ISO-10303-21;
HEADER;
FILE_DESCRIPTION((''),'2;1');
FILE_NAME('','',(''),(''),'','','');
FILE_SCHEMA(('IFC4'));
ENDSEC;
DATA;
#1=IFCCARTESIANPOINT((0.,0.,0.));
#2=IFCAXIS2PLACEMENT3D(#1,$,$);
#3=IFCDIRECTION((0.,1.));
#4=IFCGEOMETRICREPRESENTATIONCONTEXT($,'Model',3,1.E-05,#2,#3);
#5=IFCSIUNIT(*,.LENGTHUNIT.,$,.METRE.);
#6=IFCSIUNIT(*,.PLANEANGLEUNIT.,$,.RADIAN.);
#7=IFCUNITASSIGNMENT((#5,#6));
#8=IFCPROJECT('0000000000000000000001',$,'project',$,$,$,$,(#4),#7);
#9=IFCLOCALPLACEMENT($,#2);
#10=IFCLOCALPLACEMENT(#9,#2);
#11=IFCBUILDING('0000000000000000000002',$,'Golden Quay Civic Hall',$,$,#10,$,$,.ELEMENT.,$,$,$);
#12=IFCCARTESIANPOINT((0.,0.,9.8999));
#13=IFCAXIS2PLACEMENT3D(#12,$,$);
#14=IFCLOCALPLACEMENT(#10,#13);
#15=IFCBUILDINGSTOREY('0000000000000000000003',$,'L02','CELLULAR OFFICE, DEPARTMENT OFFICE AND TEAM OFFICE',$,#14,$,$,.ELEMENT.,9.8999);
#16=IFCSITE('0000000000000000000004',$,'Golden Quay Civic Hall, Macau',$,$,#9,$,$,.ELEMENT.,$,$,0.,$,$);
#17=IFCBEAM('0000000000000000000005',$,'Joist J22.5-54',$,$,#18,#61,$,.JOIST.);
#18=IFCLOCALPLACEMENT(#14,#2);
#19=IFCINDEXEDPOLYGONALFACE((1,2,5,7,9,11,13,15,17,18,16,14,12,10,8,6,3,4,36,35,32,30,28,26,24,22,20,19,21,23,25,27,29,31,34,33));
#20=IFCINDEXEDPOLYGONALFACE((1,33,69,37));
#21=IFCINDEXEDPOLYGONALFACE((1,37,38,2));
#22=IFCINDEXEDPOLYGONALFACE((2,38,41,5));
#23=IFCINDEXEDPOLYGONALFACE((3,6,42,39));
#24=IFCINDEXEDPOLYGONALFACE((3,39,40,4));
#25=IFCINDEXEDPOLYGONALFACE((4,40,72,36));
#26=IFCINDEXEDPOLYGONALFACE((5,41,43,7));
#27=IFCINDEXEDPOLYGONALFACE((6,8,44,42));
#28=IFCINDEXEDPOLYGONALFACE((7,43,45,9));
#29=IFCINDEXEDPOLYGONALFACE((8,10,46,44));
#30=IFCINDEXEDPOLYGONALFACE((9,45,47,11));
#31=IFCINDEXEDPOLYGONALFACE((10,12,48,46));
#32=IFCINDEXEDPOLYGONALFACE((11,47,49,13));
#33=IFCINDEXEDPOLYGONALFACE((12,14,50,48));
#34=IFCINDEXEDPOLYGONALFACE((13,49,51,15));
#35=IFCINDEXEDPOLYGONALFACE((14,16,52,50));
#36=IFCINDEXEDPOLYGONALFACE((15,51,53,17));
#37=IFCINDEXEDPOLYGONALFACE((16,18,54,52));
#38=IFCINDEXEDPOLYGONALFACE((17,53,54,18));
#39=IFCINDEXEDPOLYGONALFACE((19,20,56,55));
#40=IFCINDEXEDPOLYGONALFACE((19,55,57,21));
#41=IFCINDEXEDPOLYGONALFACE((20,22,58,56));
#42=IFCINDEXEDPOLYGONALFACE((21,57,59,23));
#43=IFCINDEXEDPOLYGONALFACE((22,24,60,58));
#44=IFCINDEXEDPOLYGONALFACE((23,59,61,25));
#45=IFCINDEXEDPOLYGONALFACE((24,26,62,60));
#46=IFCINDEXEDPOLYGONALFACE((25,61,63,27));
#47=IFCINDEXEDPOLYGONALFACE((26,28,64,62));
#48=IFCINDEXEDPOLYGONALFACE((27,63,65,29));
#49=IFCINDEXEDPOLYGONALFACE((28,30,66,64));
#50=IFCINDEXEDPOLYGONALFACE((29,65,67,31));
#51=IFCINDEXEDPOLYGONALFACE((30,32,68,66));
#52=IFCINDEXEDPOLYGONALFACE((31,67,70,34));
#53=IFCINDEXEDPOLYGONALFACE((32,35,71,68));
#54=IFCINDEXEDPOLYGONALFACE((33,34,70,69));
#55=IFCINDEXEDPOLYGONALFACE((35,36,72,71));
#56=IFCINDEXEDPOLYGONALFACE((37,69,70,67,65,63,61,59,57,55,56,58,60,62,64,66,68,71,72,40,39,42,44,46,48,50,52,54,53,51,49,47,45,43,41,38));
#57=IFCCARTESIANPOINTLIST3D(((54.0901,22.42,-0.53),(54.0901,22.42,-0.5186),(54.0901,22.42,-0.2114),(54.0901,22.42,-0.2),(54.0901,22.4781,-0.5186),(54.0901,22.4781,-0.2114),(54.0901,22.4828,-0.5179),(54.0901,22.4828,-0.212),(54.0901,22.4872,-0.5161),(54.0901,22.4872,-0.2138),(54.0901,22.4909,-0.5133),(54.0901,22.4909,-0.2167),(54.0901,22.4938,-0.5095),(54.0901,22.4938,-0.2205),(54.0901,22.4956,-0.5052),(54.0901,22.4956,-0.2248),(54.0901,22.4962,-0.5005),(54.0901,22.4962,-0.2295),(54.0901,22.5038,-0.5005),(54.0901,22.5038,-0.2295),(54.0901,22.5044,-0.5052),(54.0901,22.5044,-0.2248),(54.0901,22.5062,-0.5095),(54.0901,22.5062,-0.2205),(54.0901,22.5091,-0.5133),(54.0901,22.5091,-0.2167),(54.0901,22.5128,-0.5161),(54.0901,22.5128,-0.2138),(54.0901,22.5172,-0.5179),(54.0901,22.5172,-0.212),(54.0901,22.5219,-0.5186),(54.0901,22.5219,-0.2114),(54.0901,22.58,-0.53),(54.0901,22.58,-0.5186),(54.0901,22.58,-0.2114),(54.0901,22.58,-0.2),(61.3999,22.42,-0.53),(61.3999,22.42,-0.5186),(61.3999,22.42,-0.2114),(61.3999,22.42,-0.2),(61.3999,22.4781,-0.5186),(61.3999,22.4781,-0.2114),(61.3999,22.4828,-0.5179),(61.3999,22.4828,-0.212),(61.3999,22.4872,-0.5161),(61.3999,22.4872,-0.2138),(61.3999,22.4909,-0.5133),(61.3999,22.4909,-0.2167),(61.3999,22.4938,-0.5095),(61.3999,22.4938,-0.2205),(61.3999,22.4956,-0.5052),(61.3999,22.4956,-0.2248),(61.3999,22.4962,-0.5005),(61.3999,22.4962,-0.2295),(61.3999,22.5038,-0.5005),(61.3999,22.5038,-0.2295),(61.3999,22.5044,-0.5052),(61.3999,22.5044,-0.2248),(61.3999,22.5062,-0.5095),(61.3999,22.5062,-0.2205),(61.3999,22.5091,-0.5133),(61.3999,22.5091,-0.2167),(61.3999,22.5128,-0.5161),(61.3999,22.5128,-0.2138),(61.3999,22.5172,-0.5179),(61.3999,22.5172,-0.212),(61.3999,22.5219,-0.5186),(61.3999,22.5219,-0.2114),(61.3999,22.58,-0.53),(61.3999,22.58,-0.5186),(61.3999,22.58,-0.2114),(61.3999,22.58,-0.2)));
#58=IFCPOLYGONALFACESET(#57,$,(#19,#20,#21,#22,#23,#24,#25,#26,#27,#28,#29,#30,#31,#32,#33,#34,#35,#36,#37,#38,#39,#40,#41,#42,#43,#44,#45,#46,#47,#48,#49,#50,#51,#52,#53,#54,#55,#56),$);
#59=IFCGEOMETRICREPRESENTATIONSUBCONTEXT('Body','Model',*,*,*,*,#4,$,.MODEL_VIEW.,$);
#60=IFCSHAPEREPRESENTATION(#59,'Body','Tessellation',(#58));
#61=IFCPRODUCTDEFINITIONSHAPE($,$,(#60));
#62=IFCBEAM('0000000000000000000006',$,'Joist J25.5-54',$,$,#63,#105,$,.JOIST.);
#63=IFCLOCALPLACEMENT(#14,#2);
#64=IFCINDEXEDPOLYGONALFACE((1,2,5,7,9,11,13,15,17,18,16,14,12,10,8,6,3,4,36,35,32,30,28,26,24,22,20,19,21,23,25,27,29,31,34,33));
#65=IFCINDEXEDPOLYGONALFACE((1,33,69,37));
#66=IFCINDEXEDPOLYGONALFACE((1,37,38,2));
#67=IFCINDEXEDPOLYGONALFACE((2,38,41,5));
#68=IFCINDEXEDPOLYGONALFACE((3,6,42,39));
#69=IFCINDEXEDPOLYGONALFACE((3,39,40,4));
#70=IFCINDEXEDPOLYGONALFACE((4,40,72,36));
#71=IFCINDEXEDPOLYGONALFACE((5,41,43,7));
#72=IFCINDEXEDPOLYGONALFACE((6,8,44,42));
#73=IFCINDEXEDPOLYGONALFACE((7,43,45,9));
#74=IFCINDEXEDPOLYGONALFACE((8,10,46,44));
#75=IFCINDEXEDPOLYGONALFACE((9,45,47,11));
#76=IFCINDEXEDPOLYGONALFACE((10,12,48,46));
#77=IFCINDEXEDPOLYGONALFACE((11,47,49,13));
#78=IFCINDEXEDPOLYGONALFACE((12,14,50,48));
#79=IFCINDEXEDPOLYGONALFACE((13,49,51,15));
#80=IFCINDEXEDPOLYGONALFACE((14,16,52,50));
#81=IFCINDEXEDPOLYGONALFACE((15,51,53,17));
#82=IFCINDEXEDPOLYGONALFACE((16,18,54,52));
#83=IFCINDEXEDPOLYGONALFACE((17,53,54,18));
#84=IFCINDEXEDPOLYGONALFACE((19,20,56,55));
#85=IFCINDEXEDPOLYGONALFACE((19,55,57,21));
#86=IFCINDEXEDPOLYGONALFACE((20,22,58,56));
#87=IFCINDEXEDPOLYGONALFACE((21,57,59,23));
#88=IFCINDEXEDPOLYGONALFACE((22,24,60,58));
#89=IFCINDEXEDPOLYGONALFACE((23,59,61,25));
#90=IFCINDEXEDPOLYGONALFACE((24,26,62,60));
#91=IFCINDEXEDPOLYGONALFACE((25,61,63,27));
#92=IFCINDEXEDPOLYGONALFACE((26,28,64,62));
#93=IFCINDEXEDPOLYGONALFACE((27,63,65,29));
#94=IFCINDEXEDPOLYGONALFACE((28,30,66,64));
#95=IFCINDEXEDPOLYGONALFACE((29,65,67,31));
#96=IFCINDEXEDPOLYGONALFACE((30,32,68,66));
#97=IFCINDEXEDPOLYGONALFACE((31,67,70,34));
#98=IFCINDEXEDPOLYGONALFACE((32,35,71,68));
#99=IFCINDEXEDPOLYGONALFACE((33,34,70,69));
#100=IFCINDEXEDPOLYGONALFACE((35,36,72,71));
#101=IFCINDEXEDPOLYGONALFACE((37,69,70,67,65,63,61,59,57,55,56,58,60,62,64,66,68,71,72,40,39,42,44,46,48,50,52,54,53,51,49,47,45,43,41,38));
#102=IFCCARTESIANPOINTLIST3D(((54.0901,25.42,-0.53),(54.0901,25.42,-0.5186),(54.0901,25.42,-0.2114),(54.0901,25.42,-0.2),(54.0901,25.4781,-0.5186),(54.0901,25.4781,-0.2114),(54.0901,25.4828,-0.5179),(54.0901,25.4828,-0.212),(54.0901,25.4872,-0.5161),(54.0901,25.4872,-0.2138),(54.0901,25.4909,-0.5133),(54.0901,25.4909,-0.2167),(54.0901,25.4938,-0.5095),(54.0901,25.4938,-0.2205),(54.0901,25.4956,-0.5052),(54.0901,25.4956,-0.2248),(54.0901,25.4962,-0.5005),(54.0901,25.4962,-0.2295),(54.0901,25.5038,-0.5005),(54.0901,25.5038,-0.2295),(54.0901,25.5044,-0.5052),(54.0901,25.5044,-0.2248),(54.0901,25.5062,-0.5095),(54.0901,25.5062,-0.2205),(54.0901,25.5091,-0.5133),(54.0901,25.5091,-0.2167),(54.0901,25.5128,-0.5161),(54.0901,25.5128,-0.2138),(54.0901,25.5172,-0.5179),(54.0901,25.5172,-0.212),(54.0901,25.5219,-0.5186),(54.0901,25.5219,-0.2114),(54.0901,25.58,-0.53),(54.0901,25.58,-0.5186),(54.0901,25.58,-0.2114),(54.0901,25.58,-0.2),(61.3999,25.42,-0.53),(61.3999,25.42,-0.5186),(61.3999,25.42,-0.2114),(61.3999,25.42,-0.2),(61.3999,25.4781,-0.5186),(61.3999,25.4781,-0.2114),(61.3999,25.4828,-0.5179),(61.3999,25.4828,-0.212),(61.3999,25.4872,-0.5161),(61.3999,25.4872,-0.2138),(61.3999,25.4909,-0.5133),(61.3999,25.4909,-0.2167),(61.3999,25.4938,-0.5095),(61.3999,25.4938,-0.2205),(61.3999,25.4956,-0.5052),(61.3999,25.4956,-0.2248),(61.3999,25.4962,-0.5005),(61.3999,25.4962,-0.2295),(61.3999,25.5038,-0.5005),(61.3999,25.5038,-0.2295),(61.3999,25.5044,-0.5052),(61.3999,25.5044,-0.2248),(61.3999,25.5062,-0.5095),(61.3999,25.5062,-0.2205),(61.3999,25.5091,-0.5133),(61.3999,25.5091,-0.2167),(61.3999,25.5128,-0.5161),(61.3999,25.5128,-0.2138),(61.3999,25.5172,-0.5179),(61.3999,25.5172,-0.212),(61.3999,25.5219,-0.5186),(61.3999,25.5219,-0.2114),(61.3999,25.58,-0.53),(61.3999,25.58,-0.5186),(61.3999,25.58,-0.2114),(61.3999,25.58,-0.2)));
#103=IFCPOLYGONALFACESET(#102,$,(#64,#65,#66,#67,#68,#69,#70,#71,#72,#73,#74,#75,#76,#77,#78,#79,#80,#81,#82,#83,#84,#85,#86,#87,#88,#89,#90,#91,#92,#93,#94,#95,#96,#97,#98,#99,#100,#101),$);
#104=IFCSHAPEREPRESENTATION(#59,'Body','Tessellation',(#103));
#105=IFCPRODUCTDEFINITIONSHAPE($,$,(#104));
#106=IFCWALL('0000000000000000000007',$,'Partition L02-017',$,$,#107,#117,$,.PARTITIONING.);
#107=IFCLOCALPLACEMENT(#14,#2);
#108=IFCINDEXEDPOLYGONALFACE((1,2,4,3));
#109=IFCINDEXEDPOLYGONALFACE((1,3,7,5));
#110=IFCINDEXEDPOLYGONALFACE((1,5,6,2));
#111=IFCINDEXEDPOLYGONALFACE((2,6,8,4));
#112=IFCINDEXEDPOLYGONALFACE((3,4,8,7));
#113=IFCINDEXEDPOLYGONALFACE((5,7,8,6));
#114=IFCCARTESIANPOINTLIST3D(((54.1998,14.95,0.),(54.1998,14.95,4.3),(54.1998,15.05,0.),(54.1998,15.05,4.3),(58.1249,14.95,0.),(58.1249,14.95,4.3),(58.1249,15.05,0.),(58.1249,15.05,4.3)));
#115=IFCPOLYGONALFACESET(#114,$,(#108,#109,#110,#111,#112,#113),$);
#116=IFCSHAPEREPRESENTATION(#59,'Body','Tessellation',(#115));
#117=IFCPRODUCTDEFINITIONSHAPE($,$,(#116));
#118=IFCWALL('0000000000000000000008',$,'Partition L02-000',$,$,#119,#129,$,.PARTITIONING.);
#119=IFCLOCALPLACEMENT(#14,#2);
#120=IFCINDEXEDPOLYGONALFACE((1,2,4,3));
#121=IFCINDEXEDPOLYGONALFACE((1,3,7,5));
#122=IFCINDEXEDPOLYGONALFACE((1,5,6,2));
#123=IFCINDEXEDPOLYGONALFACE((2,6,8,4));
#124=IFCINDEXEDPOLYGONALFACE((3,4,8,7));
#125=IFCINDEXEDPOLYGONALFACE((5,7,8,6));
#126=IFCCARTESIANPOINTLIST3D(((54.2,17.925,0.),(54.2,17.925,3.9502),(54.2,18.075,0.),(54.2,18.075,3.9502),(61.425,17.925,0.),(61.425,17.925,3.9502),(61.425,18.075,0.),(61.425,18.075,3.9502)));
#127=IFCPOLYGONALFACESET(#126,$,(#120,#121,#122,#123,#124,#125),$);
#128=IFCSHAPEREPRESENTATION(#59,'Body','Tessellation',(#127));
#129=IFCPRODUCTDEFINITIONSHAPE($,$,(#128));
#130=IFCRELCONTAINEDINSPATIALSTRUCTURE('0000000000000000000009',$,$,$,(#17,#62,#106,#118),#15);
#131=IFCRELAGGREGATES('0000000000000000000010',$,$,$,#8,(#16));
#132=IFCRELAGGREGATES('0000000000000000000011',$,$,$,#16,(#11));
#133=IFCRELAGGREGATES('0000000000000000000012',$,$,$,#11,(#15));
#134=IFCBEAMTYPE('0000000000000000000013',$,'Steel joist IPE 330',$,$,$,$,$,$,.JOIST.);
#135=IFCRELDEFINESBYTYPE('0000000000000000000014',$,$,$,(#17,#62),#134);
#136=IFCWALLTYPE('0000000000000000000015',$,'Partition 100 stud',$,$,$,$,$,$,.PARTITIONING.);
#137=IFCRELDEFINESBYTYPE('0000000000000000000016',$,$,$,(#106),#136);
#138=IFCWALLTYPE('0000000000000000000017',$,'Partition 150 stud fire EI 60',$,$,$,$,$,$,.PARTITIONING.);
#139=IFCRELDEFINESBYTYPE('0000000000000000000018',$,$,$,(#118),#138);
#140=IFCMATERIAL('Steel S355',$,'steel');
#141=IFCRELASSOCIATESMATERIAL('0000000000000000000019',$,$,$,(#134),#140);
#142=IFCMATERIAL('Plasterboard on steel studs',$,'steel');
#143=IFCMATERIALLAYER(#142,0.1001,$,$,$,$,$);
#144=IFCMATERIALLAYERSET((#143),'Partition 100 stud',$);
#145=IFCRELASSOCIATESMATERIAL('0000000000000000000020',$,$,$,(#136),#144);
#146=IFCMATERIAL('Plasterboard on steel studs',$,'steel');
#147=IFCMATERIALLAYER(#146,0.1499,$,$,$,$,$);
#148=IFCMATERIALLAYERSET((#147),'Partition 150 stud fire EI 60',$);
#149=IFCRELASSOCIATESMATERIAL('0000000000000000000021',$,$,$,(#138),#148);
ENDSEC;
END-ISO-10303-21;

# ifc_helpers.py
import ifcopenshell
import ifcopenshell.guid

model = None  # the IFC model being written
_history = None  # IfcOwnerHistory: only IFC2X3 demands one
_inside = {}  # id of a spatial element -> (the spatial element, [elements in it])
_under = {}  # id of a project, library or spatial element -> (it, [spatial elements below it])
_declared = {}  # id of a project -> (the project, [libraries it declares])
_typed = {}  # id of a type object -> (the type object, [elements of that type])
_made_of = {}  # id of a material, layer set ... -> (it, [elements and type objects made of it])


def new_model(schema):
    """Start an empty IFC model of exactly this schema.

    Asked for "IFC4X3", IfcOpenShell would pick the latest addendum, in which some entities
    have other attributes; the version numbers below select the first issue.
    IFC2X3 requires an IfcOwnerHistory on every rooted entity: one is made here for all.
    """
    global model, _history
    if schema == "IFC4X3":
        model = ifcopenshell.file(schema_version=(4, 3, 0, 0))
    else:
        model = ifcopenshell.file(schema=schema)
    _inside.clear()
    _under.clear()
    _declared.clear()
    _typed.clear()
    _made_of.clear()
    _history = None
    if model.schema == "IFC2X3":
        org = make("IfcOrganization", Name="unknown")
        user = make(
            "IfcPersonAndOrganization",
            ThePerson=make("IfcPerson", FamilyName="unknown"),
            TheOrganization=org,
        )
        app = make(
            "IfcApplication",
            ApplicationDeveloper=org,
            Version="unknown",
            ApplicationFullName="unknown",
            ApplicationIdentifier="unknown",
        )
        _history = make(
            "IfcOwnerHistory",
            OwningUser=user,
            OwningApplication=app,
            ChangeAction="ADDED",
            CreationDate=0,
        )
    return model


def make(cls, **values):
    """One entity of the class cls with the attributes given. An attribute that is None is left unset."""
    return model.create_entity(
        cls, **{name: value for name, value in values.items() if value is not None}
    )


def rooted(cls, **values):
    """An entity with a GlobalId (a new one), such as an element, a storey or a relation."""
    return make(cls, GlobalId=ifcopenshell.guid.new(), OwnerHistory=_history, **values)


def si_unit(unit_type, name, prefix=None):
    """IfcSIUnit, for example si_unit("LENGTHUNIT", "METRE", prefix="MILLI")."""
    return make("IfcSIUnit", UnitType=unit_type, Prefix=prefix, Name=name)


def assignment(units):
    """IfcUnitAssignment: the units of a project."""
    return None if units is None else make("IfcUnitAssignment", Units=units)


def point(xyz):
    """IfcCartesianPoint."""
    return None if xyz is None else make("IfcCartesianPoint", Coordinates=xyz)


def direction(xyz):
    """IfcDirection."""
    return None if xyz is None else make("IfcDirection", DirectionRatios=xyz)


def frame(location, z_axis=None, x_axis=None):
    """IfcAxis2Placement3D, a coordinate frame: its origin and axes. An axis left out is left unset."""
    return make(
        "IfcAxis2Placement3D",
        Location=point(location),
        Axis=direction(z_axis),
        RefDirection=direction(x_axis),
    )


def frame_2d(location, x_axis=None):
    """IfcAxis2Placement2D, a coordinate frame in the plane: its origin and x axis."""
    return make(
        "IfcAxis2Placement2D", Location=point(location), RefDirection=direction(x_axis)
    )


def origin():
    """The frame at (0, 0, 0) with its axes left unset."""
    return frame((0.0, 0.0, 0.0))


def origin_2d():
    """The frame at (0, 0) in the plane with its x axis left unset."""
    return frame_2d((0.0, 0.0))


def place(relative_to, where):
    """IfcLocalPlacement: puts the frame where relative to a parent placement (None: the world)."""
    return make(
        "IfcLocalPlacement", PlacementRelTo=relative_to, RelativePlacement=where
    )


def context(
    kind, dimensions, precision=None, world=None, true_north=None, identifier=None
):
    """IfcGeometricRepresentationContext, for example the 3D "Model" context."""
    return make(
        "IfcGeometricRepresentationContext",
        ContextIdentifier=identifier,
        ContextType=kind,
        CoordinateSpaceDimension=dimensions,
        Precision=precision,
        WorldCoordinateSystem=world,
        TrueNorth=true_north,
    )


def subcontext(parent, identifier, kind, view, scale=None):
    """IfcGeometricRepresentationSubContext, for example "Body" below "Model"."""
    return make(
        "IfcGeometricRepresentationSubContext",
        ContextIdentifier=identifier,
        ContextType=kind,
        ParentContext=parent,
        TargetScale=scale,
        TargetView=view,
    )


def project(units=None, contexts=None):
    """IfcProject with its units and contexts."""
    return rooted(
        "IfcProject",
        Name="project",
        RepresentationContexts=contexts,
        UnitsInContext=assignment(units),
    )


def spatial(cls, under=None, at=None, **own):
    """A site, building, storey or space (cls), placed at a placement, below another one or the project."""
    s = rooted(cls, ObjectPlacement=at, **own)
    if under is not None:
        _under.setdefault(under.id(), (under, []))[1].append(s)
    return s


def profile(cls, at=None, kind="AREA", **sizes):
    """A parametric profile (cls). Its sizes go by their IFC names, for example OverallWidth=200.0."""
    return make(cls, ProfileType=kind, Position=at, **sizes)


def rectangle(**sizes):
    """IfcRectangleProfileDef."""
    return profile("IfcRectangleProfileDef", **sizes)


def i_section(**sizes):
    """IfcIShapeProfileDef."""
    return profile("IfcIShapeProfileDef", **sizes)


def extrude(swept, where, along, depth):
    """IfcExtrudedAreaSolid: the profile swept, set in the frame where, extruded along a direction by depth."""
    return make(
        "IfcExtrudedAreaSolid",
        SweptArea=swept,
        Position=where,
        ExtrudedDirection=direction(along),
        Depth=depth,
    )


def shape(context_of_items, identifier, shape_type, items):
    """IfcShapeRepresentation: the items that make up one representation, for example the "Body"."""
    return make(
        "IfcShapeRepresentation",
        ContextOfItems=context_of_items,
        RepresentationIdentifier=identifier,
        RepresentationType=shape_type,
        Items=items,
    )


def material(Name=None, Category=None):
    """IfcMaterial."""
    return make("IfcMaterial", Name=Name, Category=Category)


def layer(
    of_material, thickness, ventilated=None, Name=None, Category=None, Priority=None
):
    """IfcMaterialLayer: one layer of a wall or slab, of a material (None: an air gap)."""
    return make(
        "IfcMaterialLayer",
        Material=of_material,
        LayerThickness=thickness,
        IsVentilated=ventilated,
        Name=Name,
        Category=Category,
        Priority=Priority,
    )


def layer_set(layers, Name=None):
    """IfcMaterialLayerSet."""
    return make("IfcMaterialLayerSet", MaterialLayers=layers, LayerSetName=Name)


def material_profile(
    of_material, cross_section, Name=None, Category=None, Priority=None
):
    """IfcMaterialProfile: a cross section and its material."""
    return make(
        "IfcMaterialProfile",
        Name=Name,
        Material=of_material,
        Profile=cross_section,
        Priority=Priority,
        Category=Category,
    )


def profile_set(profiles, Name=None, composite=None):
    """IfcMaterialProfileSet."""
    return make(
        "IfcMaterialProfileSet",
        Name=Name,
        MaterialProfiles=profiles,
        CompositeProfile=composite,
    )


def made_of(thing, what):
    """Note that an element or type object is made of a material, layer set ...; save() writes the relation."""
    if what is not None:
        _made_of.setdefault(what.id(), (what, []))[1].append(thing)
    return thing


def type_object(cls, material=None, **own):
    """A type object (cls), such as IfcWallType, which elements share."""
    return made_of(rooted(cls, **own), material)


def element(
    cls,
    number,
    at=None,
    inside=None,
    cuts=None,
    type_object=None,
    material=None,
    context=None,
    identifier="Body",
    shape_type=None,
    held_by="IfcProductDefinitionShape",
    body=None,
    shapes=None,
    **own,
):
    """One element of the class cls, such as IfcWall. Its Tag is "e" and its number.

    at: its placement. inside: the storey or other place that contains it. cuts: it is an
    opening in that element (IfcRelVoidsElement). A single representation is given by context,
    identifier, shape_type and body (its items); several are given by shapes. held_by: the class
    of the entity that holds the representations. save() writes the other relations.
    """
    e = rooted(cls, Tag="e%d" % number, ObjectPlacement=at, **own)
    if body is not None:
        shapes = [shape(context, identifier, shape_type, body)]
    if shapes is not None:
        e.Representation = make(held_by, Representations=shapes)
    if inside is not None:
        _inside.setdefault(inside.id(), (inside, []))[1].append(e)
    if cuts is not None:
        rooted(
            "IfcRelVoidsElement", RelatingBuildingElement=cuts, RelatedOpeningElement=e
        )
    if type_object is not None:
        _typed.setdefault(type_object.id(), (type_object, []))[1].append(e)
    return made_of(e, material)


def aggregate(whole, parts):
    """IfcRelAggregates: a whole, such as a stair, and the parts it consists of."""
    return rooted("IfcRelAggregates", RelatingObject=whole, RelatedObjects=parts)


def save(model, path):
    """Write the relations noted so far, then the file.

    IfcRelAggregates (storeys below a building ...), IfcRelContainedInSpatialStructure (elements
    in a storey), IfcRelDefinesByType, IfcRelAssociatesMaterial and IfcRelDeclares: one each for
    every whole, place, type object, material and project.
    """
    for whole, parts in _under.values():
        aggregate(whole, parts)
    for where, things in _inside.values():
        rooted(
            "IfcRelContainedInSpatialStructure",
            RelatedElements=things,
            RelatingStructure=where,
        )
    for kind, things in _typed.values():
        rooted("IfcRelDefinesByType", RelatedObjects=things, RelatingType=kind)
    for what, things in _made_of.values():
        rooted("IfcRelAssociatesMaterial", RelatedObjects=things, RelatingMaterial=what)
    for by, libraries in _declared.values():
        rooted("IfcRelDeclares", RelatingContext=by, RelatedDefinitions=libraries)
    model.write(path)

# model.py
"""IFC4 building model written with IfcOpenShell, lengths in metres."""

from ifc_helpers import new_model, si_unit, direction, frame, frame_2d, origin, origin_2d, place, context, subcontext, project, spatial, rectangle, i_section, extrude, material, layer, layer_set, material_profile, profile_set, type_object, element, save


model = new_model("IFC4")

# Units and contexts
model_context = context("Model", 3, precision=1e-05, world=origin(), true_north=direction((0.0, 1.0)))
body_context = subcontext(model_context, "Body", "Model", "MODEL_VIEW")
ifc_project = project(units=[si_unit("LENGTHUNIT", "METRE"), si_unit("PLANEANGLEUNIT", "RADIAN")], contexts=[model_context])

# Site, building, storey
site_placement = place(None, origin())
site = spatial("IfcSite", under=ifc_project, at=site_placement, Name="Golden Quay Civic Hall, Macau", CompositionType="ELEMENT", RefElevation=0.0)
building_placement = place(site_placement, origin())
building = spatial("IfcBuilding", under=site, at=building_placement, Name="Golden Quay Civic Hall", CompositionType="ELEMENT")
storey_placement = place(building_placement, frame((0.0, 0.0, 9.8999)))
storey = spatial("IfcBuildingStorey", under=building, at=storey_placement, Name="L02", Description="CELLULAR OFFICE, DEPARTMENT OFFICE AND TEAM OFFICE", CompositionType="ELEMENT", Elevation=9.8999)

# Beams
ifc_material_1 = material(Name="Steel S355", Category="steel")
ifc_material_profile_1 = material_profile(ifc_material_1, i_section(OverallWidth=0.1599, OverallDepth=0.3301, WebThickness=0.0076, FlangeThickness=0.0115, FilletRadius=0.0181, at=origin_2d()), Name="IPE 330")
ifc_profile_set_1 = profile_set([ifc_material_profile_1], Name="Steel S355")
beam_type_1 = type_object("IfcBeamType", Name="Steel joist IPE 330", PredefinedType="JOIST", material=ifc_profile_set_1)
for number, where, z_axis, x_axis, name in (
    (1, (54.0901, 22.5, -0.365), (1.0, 0.0, 0.0), (0.0, 1.0, 0.0), "Joist J22.5-54"),
    (2, (54.0901, 25.5, -0.365), (1.0, 0.0, 0.0), (0.0, 1.0, 0.0), "Joist J25.5-54"),
):
    element("IfcBeam", number, at=place(storey_placement, frame(where, z_axis=z_axis, x_axis=x_axis)), inside=storey, type_object=beam_type_1, Name=name, PredefinedType="JOIST", context=body_context, shape_type="SweptSolid", body=[
        extrude(i_section(OverallWidth=0.1599, OverallDepth=0.3301, WebThickness=0.0076, FlangeThickness=0.0115, FilletRadius=0.0181, at=origin_2d()), origin(), (0.0, 0.0, 1.0), 7.3098),
    ])

# Walls
ifc_material_2 = material(Name="Plasterboard on steel studs", Category="steel")
ifc_layer_1 = layer(ifc_material_2, 0.1001)
ifc_layer_set_1 = layer_set([ifc_layer_1], Name="Partition 100 stud")
wall_type_1 = type_object("IfcWallType", Name="Partition 100 stud", PredefinedType="PARTITIONING", material=ifc_layer_set_1)
wall_1_placement = place(storey_placement, frame((54.2, 15.0, 0.0), z_axis=(0.0, 0.0, 1.0), x_axis=(1.0, 0.0, 0.0)))
element("IfcWall", 3, at=wall_1_placement, inside=storey, type_object=wall_type_1, Name="Partition L02-017", PredefinedType="PARTITIONING", context=body_context, shape_type="SweptSolid", body=[
    extrude(rectangle(XDim=3.925, YDim=0.1001, at=frame_2d((1.9624, 0.0))), origin(), (0.0, 0.0, 1.0), 4.3),
])
ifc_material_3 = material(Name="Plasterboard on steel studs", Category="steel")
ifc_layer_2 = layer(ifc_material_3, 0.1499)
ifc_layer_set_2 = layer_set([ifc_layer_2], Name="Partition 150 stud fire EI 60")
wall_type_2 = type_object("IfcWallType", Name="Partition 150 stud fire EI 60", PredefinedType="PARTITIONING", material=ifc_layer_set_2)
wall_2_placement = place(storey_placement, frame((54.2, 18.0, 0.0), z_axis=(0.0, 0.0, 1.0), x_axis=(1.0, 0.0, 0.0)))
element("IfcWall", 4, at=wall_2_placement, inside=storey, type_object=wall_type_2, Name="Partition L02-000", PredefinedType="PARTITIONING", context=body_context, shape_type="SweptSolid", body=[
    extrude(rectangle(XDim=7.2251, YDim=0.1499, at=frame_2d((3.6125, 0.0))), origin(), (0.0, 0.0, 1.0), 3.9502),
])

save(model, "model.ifc")
